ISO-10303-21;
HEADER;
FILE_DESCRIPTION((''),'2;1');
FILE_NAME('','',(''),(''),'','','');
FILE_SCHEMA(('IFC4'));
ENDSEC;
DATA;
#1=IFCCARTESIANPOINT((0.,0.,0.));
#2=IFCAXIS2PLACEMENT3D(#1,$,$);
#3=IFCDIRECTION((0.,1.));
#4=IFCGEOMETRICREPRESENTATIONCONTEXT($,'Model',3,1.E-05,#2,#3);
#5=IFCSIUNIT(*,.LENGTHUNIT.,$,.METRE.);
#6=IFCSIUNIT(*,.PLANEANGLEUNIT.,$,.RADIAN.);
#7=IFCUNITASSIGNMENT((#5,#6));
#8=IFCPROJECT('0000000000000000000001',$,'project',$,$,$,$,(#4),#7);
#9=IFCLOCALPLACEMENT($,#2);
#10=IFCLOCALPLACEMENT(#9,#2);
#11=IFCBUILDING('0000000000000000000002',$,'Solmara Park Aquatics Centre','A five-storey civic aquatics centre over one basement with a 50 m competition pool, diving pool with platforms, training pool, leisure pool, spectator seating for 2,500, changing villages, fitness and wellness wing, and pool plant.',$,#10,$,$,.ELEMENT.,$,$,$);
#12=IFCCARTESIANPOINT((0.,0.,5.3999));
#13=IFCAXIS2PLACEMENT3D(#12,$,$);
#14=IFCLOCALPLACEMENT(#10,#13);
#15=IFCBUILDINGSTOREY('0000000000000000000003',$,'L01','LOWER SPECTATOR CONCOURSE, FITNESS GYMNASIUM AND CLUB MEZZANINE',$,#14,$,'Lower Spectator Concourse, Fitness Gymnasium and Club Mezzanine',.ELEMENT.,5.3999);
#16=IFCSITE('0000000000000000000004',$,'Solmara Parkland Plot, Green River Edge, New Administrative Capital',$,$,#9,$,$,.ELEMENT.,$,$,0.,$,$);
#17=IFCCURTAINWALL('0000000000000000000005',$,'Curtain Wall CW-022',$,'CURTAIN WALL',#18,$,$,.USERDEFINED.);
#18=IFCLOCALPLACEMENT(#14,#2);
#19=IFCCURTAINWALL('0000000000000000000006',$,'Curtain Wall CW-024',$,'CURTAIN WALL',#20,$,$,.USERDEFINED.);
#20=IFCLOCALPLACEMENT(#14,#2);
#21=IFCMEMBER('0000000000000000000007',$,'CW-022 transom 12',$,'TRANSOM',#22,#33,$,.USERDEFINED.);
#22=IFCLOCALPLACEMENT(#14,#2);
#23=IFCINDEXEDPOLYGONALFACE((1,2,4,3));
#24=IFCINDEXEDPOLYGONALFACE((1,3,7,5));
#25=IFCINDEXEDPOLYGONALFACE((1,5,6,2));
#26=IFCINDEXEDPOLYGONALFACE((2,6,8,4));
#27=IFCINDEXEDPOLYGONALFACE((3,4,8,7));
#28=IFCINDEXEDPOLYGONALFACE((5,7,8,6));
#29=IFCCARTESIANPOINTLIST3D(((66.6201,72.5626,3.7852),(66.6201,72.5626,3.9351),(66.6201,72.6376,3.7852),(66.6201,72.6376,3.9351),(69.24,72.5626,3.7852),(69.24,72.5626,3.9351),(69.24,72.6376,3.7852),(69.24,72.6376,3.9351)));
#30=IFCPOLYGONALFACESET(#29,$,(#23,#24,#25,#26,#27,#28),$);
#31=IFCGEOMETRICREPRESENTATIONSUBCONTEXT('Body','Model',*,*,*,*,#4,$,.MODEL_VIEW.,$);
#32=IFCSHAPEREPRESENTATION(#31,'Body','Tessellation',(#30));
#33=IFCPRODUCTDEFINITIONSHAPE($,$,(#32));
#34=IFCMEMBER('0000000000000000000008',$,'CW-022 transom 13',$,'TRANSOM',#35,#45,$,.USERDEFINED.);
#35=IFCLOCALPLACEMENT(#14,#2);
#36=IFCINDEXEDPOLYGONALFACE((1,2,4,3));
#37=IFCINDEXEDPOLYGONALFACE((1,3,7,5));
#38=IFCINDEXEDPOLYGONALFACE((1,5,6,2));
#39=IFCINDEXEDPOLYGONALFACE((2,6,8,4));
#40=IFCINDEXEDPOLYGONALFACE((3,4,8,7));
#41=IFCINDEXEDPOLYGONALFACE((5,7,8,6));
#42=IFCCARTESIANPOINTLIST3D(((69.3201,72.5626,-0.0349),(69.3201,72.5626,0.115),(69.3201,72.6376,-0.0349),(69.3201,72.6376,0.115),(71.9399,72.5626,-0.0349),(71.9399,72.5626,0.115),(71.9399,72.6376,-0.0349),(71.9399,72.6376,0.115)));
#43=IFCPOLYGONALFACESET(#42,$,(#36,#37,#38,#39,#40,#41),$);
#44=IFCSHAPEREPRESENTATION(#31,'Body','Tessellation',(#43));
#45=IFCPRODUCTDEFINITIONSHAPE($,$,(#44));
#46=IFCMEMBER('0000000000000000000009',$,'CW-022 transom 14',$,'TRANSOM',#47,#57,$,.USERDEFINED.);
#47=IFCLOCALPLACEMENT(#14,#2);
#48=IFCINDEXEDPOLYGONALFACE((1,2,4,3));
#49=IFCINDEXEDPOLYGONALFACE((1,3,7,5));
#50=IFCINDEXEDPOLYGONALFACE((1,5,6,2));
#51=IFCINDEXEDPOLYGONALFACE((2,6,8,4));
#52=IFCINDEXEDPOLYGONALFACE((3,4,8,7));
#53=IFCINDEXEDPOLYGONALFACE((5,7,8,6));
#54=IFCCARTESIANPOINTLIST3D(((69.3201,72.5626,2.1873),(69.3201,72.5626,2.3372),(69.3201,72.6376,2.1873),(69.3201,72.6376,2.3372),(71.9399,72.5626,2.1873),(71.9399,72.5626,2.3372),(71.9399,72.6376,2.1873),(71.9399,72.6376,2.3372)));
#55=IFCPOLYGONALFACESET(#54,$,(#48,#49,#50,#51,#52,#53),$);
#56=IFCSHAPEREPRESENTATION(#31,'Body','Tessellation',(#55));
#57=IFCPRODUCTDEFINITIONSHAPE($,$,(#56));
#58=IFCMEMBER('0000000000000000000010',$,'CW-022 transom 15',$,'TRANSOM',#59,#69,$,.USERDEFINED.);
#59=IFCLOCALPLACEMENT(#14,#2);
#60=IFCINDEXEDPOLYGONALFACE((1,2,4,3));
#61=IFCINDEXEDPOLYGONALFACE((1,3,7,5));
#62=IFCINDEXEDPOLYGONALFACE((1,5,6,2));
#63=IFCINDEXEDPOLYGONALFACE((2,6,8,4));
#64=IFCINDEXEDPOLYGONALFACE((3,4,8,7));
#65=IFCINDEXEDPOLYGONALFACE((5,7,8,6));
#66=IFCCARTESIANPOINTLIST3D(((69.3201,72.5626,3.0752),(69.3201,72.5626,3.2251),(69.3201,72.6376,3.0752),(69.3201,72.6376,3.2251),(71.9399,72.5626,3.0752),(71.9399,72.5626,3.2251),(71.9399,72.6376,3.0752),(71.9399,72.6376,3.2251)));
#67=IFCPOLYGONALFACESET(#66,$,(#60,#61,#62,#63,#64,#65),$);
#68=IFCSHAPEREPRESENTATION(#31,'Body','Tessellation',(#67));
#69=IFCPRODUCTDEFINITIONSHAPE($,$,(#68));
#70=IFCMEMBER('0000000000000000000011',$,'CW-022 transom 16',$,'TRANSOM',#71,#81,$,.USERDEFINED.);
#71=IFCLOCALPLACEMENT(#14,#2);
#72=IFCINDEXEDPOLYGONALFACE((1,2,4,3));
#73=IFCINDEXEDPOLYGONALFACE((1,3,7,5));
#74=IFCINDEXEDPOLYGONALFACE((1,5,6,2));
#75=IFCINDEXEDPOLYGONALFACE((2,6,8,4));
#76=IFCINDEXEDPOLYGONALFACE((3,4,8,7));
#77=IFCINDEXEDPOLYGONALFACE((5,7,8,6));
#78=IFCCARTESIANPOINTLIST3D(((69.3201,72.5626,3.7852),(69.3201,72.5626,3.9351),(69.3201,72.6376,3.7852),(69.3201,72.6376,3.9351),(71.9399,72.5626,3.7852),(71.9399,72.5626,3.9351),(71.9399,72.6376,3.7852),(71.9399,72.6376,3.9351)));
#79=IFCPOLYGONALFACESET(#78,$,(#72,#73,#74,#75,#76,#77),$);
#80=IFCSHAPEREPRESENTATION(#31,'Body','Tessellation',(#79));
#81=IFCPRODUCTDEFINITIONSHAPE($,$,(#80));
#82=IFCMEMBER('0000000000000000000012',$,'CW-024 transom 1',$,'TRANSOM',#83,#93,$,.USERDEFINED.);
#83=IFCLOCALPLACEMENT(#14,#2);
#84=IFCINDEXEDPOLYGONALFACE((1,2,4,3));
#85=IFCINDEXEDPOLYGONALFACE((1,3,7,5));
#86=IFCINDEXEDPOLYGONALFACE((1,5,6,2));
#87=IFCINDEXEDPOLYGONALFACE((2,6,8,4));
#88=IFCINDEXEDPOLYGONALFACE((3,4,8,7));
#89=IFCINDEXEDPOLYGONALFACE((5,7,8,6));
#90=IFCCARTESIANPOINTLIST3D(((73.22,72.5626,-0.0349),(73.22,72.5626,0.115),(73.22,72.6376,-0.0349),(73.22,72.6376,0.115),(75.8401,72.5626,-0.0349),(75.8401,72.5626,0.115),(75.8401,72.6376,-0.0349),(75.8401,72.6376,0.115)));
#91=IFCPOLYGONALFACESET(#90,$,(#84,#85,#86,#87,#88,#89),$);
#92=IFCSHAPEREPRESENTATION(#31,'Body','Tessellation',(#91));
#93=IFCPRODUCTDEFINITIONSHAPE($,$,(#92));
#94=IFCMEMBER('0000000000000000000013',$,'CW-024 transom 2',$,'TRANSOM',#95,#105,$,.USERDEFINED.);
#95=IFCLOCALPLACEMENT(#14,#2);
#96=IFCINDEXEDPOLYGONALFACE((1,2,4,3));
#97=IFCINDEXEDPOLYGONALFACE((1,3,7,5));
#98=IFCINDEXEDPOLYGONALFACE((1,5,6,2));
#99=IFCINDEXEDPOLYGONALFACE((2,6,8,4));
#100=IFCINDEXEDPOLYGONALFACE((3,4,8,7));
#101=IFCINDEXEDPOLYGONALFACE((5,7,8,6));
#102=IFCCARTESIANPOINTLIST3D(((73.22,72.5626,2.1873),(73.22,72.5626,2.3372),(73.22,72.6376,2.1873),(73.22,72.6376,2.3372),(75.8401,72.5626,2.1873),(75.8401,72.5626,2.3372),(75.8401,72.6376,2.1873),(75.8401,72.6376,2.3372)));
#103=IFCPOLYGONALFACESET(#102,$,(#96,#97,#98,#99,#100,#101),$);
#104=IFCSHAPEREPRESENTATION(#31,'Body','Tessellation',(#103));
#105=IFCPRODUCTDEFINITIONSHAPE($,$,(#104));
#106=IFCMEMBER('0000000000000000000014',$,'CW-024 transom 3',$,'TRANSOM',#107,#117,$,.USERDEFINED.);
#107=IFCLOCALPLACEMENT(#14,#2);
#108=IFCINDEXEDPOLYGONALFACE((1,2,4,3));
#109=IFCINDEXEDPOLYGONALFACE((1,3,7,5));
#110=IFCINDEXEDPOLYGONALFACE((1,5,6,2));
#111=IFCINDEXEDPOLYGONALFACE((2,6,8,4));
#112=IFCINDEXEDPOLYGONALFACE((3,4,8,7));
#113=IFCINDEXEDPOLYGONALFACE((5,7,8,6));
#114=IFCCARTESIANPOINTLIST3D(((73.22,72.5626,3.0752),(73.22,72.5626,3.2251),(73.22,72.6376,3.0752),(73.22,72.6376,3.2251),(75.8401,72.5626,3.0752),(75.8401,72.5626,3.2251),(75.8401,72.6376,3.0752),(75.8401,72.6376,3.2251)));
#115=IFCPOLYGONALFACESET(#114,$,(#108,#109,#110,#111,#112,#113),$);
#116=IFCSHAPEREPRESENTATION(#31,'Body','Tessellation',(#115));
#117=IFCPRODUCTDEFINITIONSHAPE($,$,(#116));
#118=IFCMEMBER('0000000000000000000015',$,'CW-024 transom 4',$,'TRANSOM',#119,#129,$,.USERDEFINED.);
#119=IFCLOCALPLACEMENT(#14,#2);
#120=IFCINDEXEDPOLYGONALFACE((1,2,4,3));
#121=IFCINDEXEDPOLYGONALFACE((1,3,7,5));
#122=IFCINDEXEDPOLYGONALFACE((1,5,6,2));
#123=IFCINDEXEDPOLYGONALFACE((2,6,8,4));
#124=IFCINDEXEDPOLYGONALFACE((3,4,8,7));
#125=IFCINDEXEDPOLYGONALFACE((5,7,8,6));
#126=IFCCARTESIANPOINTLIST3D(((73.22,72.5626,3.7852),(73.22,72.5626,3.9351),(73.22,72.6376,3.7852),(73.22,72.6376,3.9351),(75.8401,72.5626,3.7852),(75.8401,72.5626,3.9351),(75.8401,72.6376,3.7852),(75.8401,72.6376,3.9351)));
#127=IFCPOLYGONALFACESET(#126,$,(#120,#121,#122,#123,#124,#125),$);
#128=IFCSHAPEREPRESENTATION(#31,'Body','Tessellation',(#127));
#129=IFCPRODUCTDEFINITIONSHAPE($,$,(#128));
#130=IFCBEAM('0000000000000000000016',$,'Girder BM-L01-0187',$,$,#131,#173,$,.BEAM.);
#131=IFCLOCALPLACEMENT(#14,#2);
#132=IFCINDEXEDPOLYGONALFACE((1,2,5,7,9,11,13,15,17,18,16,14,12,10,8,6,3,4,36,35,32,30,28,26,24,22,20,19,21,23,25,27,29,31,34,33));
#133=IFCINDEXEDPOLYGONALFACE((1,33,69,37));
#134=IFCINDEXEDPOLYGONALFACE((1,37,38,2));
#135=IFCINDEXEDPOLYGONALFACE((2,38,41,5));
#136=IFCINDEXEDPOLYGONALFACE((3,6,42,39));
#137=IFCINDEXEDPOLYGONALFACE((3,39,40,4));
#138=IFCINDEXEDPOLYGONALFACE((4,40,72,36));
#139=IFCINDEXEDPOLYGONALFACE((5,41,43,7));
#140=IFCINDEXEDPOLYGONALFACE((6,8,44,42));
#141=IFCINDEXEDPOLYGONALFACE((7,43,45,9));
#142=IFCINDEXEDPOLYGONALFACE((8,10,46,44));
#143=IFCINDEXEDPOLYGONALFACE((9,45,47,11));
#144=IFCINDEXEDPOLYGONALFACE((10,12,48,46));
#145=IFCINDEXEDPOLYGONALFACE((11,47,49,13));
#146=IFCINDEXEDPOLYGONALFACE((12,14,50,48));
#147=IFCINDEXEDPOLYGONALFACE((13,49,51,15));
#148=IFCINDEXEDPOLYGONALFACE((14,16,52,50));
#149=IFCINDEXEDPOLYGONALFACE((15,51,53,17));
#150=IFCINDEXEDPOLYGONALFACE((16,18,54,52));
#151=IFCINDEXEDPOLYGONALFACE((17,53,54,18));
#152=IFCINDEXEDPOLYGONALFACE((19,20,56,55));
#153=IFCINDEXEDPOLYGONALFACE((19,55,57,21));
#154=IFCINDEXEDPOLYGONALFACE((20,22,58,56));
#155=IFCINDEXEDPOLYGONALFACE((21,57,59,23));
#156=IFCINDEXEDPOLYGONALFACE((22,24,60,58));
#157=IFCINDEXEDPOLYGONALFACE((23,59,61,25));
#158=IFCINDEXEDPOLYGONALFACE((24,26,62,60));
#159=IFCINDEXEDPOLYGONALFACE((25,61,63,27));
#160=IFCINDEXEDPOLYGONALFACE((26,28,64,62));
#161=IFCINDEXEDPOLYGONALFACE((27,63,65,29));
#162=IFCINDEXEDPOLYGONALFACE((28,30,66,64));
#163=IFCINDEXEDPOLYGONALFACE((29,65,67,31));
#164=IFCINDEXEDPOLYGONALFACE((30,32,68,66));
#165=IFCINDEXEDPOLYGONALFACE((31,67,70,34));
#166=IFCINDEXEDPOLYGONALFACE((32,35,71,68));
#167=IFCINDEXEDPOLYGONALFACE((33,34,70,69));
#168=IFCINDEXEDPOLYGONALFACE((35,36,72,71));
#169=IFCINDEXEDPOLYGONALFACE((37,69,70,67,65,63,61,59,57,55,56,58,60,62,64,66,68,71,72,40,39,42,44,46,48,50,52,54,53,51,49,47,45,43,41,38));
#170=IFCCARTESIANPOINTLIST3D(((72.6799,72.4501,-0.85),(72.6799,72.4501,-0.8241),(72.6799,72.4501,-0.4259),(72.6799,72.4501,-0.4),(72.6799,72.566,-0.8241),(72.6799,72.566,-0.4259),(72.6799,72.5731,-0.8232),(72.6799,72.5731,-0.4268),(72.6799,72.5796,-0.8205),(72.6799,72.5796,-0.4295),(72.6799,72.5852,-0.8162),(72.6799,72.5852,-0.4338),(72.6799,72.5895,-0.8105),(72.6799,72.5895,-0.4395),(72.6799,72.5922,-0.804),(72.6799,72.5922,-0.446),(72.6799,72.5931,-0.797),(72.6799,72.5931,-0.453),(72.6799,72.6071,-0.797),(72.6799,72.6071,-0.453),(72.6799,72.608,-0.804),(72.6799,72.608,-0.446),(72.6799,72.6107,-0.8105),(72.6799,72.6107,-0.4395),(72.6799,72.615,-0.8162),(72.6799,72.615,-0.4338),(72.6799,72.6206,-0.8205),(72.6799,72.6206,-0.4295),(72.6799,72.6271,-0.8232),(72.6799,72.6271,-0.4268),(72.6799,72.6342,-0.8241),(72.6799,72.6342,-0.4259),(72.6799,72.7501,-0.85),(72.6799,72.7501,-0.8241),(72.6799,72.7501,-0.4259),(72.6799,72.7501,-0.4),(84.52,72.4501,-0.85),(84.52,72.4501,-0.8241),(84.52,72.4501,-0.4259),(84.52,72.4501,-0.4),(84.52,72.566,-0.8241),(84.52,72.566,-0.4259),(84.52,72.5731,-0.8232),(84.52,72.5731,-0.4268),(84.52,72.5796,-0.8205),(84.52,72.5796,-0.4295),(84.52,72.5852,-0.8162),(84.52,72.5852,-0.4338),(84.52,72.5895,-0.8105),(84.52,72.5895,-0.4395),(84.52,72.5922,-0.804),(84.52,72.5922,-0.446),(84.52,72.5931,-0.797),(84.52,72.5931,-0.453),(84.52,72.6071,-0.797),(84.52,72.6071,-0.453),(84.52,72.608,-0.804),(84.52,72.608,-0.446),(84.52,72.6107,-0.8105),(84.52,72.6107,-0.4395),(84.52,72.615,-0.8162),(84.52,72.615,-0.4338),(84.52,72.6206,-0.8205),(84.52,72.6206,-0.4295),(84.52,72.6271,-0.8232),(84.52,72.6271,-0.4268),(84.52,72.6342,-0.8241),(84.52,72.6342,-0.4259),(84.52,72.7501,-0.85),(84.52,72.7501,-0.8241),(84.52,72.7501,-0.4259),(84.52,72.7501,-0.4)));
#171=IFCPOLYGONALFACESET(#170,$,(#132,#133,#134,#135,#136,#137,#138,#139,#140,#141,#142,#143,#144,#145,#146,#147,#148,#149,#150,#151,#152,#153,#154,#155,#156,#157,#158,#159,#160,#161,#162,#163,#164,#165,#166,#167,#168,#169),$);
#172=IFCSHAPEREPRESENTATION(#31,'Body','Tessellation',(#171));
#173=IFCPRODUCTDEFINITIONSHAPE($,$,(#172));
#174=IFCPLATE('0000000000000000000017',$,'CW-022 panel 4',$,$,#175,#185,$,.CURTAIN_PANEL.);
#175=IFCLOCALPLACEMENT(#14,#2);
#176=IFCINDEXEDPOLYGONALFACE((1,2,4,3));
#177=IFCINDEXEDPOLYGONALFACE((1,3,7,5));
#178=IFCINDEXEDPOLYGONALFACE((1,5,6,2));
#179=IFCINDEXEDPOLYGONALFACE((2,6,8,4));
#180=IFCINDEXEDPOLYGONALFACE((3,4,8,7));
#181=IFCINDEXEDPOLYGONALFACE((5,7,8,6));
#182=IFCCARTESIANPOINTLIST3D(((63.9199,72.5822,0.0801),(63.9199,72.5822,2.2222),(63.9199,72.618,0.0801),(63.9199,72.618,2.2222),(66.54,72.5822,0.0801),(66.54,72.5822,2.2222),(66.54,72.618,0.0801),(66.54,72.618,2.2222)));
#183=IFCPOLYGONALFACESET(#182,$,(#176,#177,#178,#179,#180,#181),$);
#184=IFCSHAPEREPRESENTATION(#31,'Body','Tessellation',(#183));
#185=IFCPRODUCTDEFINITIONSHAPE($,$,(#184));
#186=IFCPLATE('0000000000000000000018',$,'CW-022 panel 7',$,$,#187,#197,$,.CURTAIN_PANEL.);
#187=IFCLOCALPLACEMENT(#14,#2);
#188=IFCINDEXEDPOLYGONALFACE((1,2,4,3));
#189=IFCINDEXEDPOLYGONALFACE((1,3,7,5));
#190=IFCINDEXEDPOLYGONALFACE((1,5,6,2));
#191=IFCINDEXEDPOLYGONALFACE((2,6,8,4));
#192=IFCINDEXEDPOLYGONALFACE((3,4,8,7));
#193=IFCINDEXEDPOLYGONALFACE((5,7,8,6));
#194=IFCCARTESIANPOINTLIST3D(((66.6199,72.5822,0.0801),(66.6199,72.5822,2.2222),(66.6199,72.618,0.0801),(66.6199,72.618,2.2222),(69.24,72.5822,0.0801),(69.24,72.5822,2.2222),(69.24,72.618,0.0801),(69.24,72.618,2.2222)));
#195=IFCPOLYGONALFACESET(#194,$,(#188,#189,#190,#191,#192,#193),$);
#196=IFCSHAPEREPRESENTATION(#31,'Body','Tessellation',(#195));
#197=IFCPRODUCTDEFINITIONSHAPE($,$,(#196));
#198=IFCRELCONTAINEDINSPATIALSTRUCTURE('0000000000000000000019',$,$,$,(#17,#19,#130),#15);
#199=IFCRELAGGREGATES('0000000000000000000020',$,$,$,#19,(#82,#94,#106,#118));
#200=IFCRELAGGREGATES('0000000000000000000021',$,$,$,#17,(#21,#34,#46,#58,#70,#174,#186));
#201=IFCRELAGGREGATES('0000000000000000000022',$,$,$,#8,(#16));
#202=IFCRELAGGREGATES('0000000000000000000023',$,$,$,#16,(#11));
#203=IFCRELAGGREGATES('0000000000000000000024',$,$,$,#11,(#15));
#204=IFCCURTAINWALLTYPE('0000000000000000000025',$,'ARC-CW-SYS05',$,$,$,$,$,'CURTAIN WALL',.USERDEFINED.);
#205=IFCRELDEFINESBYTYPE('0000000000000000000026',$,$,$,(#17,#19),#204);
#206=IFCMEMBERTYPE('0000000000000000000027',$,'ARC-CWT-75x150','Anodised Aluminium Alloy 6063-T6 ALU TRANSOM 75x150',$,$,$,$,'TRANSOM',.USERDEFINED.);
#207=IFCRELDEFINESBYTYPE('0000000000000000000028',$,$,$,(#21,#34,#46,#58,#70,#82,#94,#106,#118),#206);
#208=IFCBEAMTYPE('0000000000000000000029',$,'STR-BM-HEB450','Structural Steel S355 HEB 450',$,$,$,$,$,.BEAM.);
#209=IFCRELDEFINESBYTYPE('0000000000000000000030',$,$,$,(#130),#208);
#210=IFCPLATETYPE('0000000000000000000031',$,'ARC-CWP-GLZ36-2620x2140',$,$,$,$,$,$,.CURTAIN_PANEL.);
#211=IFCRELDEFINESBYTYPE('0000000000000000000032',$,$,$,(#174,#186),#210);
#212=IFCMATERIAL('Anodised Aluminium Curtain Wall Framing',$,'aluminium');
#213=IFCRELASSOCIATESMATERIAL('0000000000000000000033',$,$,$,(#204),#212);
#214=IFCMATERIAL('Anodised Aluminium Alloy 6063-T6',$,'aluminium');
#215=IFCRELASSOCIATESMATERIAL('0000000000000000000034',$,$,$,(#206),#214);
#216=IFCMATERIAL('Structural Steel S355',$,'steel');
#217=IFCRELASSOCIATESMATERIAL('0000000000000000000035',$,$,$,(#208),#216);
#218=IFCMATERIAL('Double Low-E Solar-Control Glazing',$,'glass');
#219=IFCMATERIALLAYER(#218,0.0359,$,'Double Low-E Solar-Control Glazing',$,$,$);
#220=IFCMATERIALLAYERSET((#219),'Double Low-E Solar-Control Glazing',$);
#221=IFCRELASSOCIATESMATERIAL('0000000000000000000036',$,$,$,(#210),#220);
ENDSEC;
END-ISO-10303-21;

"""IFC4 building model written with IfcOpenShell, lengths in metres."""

from ifc_helpers import new_model, si_unit, direction, frame, origin, origin_2d, place, context, subcontext, project, spatial, rectangle, i_section, extrude, material, layer, layer_set, material_profile, profile_set, type_object, element, aggregate, save


model = new_model("IFC4")

# Units and contexts
model_context = context("Model", 3, precision=1e-05, world=origin(), true_north=direction((0.0, 1.0)))
body_context = subcontext(model_context, "Body", "Model", "MODEL_VIEW")
ifc_project = project(units=[si_unit("LENGTHUNIT", "METRE"), si_unit("PLANEANGLEUNIT", "RADIAN")], contexts=[model_context])

# Site, building, storey
site_placement = place(None, origin())
site = spatial("IfcSite", under=ifc_project, at=site_placement, Name="Solmara Parkland Plot, Green River Edge, New Administrative Capital", CompositionType="ELEMENT", RefElevation=0.0)
building_placement = place(site_placement, origin())
building = spatial("IfcBuilding", under=site, at=building_placement, Name="Solmara Park Aquatics Centre", Description="A five-storey civic aquatics centre over one basement with a 50 m competition pool, diving pool with platforms, training pool, leisure pool, spectator seating for 2,500, changing villages, fitness and wellness wing, and pool plant.", CompositionType="ELEMENT")
storey_placement = place(building_placement, frame((0.0, 0.0, 5.3999)))
storey = spatial("IfcBuildingStorey", under=building, at=storey_placement, Name="L01", Description="LOWER SPECTATOR CONCOURSE, FITNESS GYMNASIUM AND CLUB MEZZANINE", LongName="Lower Spectator Concourse, Fitness Gymnasium and Club Mezzanine", CompositionType="ELEMENT", Elevation=5.3999)

# Shared definitions
ifc_material_1 = material(Name="Structural Steel S355", Category="steel")

# Curtain wall
ifc_material_2 = material(Name="Anodised Aluminium Curtain Wall Framing", Category="aluminium")
curtain_wall_type = type_object("IfcCurtainWallType", Name="ARC-CW-SYS05", ElementType="CURTAIN WALL", PredefinedType="USERDEFINED", material=ifc_material_2)
curtain_wall_1_placement = place(storey_placement, origin())
curtain_wall_1 = element("IfcCurtainWall", 1, at=curtain_wall_1_placement, inside=storey, type_object=curtain_wall_type, Name="Curtain Wall CW-022", ObjectType="CURTAIN WALL", PredefinedType="USERDEFINED")
ifc_material_3 = material(Name="Anodised Aluminium Alloy 6063-T6", Category="aluminium")

# Curtain wall
curtain_wall_2_placement = place(storey_placement, origin())
curtain_wall_2 = element("IfcCurtainWall", 2, at=curtain_wall_2_placement, inside=storey, type_object=curtain_wall_type, Name="Curtain Wall CW-024", ObjectType="CURTAIN WALL", PredefinedType="USERDEFINED")

# Members
ifc_material_profile_1 = material_profile(ifc_material_3, rectangle(XDim=0.075, YDim=0.1499, at=origin_2d()), Name="ALU TRANSOM 75x150")
ifc_profile_set_1 = profile_set([ifc_material_profile_1], Name="Anodised Aluminium Alloy 6063-T6")
member_type_1 = type_object("IfcMemberType", Name="ARC-CWT-75x150", Description="Anodised Aluminium Alloy 6063-T6 ALU TRANSOM 75x150", ElementType="TRANSOM", PredefinedType="USERDEFINED", material=ifc_profile_set_1)
member_1_placement = place(storey_placement, frame((66.6201, 72.6001, 3.8601), z_axis=(1.0, 0.0, 0.0), x_axis=(0.0, 1.0, 0.0)))
member_1 = element("IfcMember", 3, at=member_1_placement, type_object=member_type_1, Name="CW-022 transom 12", ObjectType="TRANSOM", PredefinedType="USERDEFINED", context=body_context, shape_type="SweptSolid", body=[
    extrude(rectangle(XDim=0.075, YDim=0.1499, at=origin_2d()), origin(), (0.0, 0.0, 1.0), 2.6199),
])
member_2_placement = place(storey_placement, frame((69.3201, 72.6001, 0.04), z_axis=(1.0, 0.0, 0.0), x_axis=(0.0, 1.0, 0.0)))
member_2 = element("IfcMember", 4, at=member_2_placement, type_object=member_type_1, Name="CW-022 transom 13", ObjectType="TRANSOM", PredefinedType="USERDEFINED", context=body_context, shape_type="SweptSolid", body=[
    extrude(rectangle(XDim=0.075, YDim=0.1499, at=origin_2d()), origin(), (0.0, 0.0, 1.0), 2.6199),
])
member_3_placement = place(storey_placement, frame((69.3201, 72.6001, 2.2622), z_axis=(1.0, 0.0, 0.0), x_axis=(0.0, 1.0, 0.0)))
member_3 = element("IfcMember", 5, at=member_3_placement, type_object=member_type_1, Name="CW-022 transom 14", ObjectType="TRANSOM", PredefinedType="USERDEFINED", context=body_context, shape_type="SweptSolid", body=[
    extrude(rectangle(XDim=0.075, YDim=0.1499, at=origin_2d()), origin(), (0.0, 0.0, 1.0), 2.6199),
])
member_4_placement = place(storey_placement, frame((69.3201, 72.6001, 3.1501), z_axis=(1.0, 0.0, 0.0), x_axis=(0.0, 1.0, 0.0)))
member_4 = element("IfcMember", 6, at=member_4_placement, type_object=member_type_1, Name="CW-022 transom 15", ObjectType="TRANSOM", PredefinedType="USERDEFINED", context=body_context, shape_type="SweptSolid", body=[
    extrude(rectangle(XDim=0.075, YDim=0.1499, at=origin_2d()), origin(), (0.0, 0.0, 1.0), 2.6199),
])
member_5_placement = place(storey_placement, frame((69.3201, 72.6001, 3.8601), z_axis=(1.0, 0.0, 0.0), x_axis=(0.0, 1.0, 0.0)))
member_5 = element("IfcMember", 7, at=member_5_placement, type_object=member_type_1, Name="CW-022 transom 16", ObjectType="TRANSOM", PredefinedType="USERDEFINED", context=body_context, shape_type="SweptSolid", body=[
    extrude(rectangle(XDim=0.075, YDim=0.1499, at=origin_2d()), origin(), (0.0, 0.0, 1.0), 2.6199),
])
member_6_placement = place(storey_placement, frame((73.22, 72.6001, 0.04), z_axis=(1.0, 0.0, 0.0), x_axis=(0.0, 1.0, 0.0)))
member_6 = element("IfcMember", 8, at=member_6_placement, type_object=member_type_1, Name="CW-024 transom 1", ObjectType="TRANSOM", PredefinedType="USERDEFINED", context=body_context, shape_type="SweptSolid", body=[
    extrude(rectangle(XDim=0.075, YDim=0.1499, at=origin_2d()), origin(), (0.0, 0.0, 1.0), 2.6201),
])
member_7_placement = place(storey_placement, frame((73.22, 72.6001, 2.2622), z_axis=(1.0, 0.0, 0.0), x_axis=(0.0, 1.0, 0.0)))
member_7 = element("IfcMember", 9, at=member_7_placement, type_object=member_type_1, Name="CW-024 transom 2", ObjectType="TRANSOM", PredefinedType="USERDEFINED", context=body_context, shape_type="SweptSolid", body=[
    extrude(rectangle(XDim=0.075, YDim=0.1499, at=origin_2d()), origin(), (0.0, 0.0, 1.0), 2.6201),
])
member_8_placement = place(storey_placement, frame((73.22, 72.6001, 3.1501), z_axis=(1.0, 0.0, 0.0), x_axis=(0.0, 1.0, 0.0)))
member_8 = element("IfcMember", 10, at=member_8_placement, type_object=member_type_1, Name="CW-024 transom 3", ObjectType="TRANSOM", PredefinedType="USERDEFINED", context=body_context, shape_type="SweptSolid", body=[
    extrude(rectangle(XDim=0.075, YDim=0.1499, at=origin_2d()), origin(), (0.0, 0.0, 1.0), 2.6201),
])
member_9_placement = place(storey_placement, frame((73.22, 72.6001, 3.8601), z_axis=(1.0, 0.0, 0.0), x_axis=(0.0, 1.0, 0.0)))
member_9 = element("IfcMember", 11, at=member_9_placement, type_object=member_type_1, Name="CW-024 transom 4", ObjectType="TRANSOM", PredefinedType="USERDEFINED", context=body_context, shape_type="SweptSolid", body=[
    extrude(rectangle(XDim=0.075, YDim=0.1499, at=origin_2d()), origin(), (0.0, 0.0, 1.0), 2.6201),
])

# Beam
ifc_material_profile_2 = material_profile(ifc_material_1, i_section(OverallWidth=0.3, OverallDepth=0.45, WebThickness=0.0139, FlangeThickness=0.0259, FilletRadius=0.0271, at=origin_2d()), Name="HEB 450")
ifc_profile_set_2 = profile_set([ifc_material_profile_2], Name="Structural Steel S355")
beam_type = type_object("IfcBeamType", Name="STR-BM-HEB450", Description="Structural Steel S355 HEB 450", PredefinedType="BEAM", material=ifc_profile_set_2)
beam_placement = place(storey_placement, frame((72.6799, 72.6001, -0.625), z_axis=(1.0, 0.0, 0.0), x_axis=(0.0, 1.0, 0.0)))
element("IfcBeam", 12, at=beam_placement, inside=storey, type_object=beam_type, Name="Girder BM-L01-0187", PredefinedType="BEAM", context=body_context, shape_type="SweptSolid", body=[
    extrude(i_section(OverallWidth=0.3, OverallDepth=0.45, WebThickness=0.0139, FlangeThickness=0.0259, FilletRadius=0.0271, at=origin_2d()), origin(), (0.0, 0.0, 1.0), 11.8401),
])

# Plates
ifc_material_4 = material(Name="Double Low-E Solar-Control Glazing", Category="glass")
ifc_layer_1 = layer(ifc_material_4, 0.0359, Name="Double Low-E Solar-Control Glazing")
ifc_layer_set_1 = layer_set([ifc_layer_1], Name="Double Low-E Solar-Control Glazing")
plate_type_1 = type_object("IfcPlateType", Name="ARC-CWP-GLZ36-2620x2140", PredefinedType="CURTAIN_PANEL", material=ifc_layer_set_1)
plate_1_placement = place(storey_placement, frame((65.23, 72.6001, 0.0801), z_axis=(0.0, 0.0, 1.0), x_axis=(1.0, 0.0, 0.0)))
plate_1 = element("IfcPlate", 13, at=plate_1_placement, type_object=plate_type_1, Name="CW-022 panel 4", PredefinedType="CURTAIN_PANEL", context=body_context, shape_type="SweptSolid", body=[
    extrude(rectangle(XDim=2.6201, YDim=0.0359, at=origin_2d()), origin(), (0.0, 0.0, 1.0), 2.1421),
])
plate_2_placement = place(storey_placement, frame((67.9299, 72.6001, 0.0801), z_axis=(0.0, 0.0, 1.0), x_axis=(1.0, 0.0, 0.0)))
plate_2 = element("IfcPlate", 14, at=plate_2_placement, type_object=plate_type_1, Name="CW-022 panel 7", PredefinedType="CURTAIN_PANEL", context=body_context, shape_type="SweptSolid", body=[
    extrude(rectangle(XDim=2.6201, YDim=0.0359, at=origin_2d()), origin(), (0.0, 0.0, 1.0), 2.1421),
])
aggregate(curtain_wall_2, [member_6, member_7, member_8, member_9])
aggregate(curtain_wall_1, [member_1, member_2, member_3, member_4, member_5, plate_1, plate_2])

save(model, "model.ifc")
